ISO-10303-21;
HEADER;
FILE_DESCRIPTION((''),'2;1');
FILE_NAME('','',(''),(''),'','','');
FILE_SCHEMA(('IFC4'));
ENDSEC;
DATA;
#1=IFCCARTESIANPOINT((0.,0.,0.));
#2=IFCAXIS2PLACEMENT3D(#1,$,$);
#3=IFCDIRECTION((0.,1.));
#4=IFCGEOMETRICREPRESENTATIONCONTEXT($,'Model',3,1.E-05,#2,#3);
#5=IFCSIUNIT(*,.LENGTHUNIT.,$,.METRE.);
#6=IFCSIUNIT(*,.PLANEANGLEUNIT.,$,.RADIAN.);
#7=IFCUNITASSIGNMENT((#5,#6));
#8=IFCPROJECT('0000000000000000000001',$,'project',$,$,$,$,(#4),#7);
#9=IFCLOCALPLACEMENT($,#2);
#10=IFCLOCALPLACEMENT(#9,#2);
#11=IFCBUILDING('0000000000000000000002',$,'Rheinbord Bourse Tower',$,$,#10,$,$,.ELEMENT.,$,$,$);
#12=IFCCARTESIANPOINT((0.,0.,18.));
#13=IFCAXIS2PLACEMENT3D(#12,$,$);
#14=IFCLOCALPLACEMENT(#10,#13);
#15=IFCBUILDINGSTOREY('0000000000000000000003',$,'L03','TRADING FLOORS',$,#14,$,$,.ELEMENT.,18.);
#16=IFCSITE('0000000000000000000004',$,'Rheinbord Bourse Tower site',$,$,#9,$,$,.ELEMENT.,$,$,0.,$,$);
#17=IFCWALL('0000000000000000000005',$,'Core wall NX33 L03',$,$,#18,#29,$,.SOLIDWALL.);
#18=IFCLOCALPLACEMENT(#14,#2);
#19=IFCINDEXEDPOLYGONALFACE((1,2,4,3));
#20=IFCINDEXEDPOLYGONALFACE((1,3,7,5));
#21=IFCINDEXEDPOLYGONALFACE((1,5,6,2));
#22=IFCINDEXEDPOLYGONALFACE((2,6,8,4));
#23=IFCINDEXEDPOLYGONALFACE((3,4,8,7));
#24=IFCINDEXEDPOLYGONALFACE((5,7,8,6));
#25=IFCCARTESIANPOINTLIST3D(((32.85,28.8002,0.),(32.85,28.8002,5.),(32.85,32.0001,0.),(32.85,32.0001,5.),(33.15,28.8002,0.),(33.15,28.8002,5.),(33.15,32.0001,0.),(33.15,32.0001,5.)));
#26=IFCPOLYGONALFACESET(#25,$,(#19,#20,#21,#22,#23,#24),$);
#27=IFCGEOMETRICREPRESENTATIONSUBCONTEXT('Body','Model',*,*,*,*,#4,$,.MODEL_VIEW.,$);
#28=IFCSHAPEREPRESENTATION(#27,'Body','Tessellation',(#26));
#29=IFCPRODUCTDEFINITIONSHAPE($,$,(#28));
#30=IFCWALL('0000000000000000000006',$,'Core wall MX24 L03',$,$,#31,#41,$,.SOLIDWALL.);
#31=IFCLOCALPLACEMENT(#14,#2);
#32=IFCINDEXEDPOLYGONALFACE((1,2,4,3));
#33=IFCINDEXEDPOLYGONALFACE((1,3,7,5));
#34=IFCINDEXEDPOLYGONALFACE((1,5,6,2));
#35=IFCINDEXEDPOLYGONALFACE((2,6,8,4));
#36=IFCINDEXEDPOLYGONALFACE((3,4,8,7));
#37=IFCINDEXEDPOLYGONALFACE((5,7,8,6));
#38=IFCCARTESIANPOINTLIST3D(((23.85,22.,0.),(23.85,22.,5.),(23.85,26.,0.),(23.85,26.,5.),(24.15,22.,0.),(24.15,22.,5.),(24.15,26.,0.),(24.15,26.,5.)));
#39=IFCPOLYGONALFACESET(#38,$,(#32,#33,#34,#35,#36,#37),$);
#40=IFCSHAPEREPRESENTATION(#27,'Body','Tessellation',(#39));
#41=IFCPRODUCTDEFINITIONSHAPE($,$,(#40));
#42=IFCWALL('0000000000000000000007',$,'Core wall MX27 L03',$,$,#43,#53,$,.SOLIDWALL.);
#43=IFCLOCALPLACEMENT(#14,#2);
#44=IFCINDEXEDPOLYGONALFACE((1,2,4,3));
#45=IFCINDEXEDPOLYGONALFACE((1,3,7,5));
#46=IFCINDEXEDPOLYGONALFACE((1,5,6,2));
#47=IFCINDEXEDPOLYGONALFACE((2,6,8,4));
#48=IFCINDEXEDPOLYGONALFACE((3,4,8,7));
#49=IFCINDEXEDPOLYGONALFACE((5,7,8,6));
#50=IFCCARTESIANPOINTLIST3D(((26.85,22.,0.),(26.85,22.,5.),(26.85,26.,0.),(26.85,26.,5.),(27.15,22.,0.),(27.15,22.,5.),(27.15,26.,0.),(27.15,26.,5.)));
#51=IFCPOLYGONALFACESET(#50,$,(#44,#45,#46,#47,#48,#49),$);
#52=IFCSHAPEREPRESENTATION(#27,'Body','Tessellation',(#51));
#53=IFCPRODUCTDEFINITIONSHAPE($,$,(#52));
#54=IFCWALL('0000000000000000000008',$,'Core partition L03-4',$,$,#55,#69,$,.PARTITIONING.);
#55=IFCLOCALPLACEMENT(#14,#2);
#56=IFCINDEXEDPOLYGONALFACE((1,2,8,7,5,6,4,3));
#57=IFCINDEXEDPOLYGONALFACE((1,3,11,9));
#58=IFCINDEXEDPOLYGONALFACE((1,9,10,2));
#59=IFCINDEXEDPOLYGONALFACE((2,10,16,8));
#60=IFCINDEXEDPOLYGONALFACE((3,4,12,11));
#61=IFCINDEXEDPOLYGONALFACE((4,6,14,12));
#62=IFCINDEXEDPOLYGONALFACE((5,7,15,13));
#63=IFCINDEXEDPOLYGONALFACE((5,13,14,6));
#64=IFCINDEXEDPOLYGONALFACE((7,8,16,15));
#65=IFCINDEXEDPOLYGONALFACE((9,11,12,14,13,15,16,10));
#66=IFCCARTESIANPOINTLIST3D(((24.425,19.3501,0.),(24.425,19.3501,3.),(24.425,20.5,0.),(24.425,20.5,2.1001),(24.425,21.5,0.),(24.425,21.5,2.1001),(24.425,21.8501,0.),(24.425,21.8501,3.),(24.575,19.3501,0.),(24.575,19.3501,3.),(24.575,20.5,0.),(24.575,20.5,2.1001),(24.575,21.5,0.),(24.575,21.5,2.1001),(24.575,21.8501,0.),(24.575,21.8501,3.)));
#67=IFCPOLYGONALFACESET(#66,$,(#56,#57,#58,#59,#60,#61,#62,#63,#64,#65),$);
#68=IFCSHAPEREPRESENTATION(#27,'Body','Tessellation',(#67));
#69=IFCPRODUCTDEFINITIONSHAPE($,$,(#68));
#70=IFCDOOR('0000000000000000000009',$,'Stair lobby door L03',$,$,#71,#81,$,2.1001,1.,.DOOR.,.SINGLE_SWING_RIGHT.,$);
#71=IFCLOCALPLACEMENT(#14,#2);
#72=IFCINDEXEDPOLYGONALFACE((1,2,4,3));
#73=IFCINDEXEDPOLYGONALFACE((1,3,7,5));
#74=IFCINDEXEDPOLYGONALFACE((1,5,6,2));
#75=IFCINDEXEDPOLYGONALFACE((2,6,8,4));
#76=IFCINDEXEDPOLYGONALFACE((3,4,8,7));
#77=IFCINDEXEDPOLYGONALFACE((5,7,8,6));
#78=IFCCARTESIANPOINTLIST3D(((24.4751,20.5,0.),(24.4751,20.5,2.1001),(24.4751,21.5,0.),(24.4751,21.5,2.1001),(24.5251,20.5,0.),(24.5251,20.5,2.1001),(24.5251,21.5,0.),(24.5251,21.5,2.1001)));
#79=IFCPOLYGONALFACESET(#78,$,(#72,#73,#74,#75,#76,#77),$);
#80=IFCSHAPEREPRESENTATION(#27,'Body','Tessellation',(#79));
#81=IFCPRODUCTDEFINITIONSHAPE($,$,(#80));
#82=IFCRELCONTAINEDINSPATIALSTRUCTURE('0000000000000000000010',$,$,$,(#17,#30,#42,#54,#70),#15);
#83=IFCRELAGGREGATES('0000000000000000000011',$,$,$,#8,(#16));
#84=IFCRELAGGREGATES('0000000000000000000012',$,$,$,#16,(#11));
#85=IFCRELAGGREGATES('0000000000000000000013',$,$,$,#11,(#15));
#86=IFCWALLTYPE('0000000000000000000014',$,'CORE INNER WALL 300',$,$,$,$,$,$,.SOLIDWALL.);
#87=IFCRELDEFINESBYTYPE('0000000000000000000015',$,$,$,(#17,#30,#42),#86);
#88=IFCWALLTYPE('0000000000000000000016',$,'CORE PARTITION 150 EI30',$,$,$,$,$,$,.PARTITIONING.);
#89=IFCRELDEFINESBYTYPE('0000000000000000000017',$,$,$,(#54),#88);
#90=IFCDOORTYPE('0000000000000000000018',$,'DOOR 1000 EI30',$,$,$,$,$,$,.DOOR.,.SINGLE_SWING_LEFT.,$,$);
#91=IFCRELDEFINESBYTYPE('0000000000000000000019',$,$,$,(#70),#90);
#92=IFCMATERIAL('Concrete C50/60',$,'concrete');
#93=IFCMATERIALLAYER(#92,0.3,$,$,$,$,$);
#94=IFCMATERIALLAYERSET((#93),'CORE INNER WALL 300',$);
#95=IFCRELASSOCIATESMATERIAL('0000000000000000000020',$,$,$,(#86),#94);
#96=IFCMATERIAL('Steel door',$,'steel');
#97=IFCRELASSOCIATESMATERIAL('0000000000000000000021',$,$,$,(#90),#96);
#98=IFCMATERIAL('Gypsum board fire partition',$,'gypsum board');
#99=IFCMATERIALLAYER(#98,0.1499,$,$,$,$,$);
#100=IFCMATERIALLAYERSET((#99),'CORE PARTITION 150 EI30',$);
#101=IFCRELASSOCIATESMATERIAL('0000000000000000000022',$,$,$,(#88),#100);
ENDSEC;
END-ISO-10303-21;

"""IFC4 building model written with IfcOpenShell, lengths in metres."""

from ifc_helpers import new_model, si_unit, direction, frame, frame_2d, origin, place, context, subcontext, project, spatial, rectangle, extrude, material, layer, layer_set, type_object, element, fill, save


model = new_model("IFC4")

# Units and contexts
model_context = context("Model", 3, precision=1e-05, world=origin(), true_north=direction((0.0, 1.0)))
body_context = subcontext(model_context, "Body", "Model", "MODEL_VIEW")
ifc_project = project(units=[si_unit("LENGTHUNIT", "METRE"), si_unit("PLANEANGLEUNIT", "RADIAN")], contexts=[model_context])

# Site, building, storey
site_placement = place(None, origin())
site = spatial("IfcSite", under=ifc_project, at=site_placement, Name="Rheinbord Bourse Tower site", CompositionType="ELEMENT", RefElevation=0.0)
building_placement = place(site_placement, origin())
building = spatial("IfcBuilding", under=site, at=building_placement, Name="Rheinbord Bourse Tower", CompositionType="ELEMENT")
storey_placement = place(building_placement, frame((0.0, 0.0, 18.0)))
storey = spatial("IfcBuildingStorey", under=building, at=storey_placement, Name="L03", Description="TRADING FLOORS", CompositionType="ELEMENT", Elevation=18.0)

# Shared definitions
ifc_material_1 = material(Name="Concrete C50/60", Category="concrete")
ifc_layer_1 = layer(ifc_material_1, 0.3)
ifc_layer_set_1 = layer_set([ifc_layer_1], Name="CORE INNER WALL 300")
wall_type_1 = type_object("IfcWallType", Name="CORE INNER WALL 300", PredefinedType="SOLIDWALL", material=ifc_layer_set_1)
ifc_material_2 = material(Name="Steel door", Category="steel")
door_type_1 = type_object("IfcDoorType", Name="DOOR 1000 EI30", OperationType="SINGLE_SWING_LEFT", PredefinedType="DOOR", material=ifc_material_2)

# Walls
for number, where, z_axis, x_axis, name in (
    (1, (33.0, 28.8, 0.0), (0.0, 0.0, 1.0), (0.0, 1.0, 0.0), "Core wall NX33 L03"),
):
    element("IfcWall", number, at=place(storey_placement, frame(where, z_axis=z_axis, x_axis=x_axis)), inside=storey, type_object=wall_type_1, Name=name, PredefinedType="SOLIDWALL", context=body_context, shape_type="SweptSolid", body=[
        extrude(rectangle(XDim=3.2, YDim=0.3, at=frame_2d((1.6001, 0.0))), origin(), (0.0, 0.0, 1.0), 5.0),
    ])
for number, where, z_axis, x_axis, name in (
    (2, (24.0, 22.0, 0.0), (0.0, 0.0, 1.0), (0.0, 1.0, 0.0), "Core wall MX24 L03"),
    (3, (27.0, 22.0, 0.0), (0.0, 0.0, 1.0), (0.0, 1.0, 0.0), "Core wall MX27 L03"),
):
    element("IfcWall", number, at=place(storey_placement, frame(where, z_axis=z_axis, x_axis=x_axis)), inside=storey, type_object=wall_type_1, Name=name, PredefinedType="SOLIDWALL", context=body_context, shape_type="SweptSolid", body=[
        extrude(rectangle(XDim=4.0, YDim=0.3, at=frame_2d((2.0, 0.0))), origin(), (0.0, 0.0, 1.0), 5.0),
    ])

# Wall, opening, door
ifc_material_3 = material(Name="Gypsum board fire partition", Category="gypsum board")
ifc_layer_2 = layer(ifc_material_3, 0.1499)
ifc_layer_set_2 = layer_set([ifc_layer_2], Name="CORE PARTITION 150 EI30")
wall_type_2 = type_object("IfcWallType", Name="CORE PARTITION 150 EI30", PredefinedType="PARTITIONING", material=ifc_layer_set_2)
wall_1_placement = place(storey_placement, frame((24.5, 19.3501, 0.0), z_axis=(0.0, 0.0, 1.0), x_axis=(0.0, 1.0, 0.0)))
wall_1 = element("IfcWall", 4, at=wall_1_placement, inside=storey, type_object=wall_type_2, Name="Core partition L03-4", PredefinedType="PARTITIONING", context=body_context, shape_type="SweptSolid", body=[
    extrude(rectangle(XDim=2.5, YDim=0.1499, at=frame_2d((1.25, 0.0))), origin(), (0.0, 0.0, 1.0), 3.0),
])
opening_1_placement = place(wall_1_placement, frame((1.1499, 0.0, 0.0)))
opening_1 = element("IfcOpeningElement", 5, at=opening_1_placement, cuts=wall_1, PredefinedType="OPENING", context=body_context, shape_type="SweptSolid", body=[
    extrude(rectangle(XDim=1.0, YDim=2.1001, at=frame_2d((0.5, 1.05))), frame((0.0, 0.085, 0.0), z_axis=(0.0, -1.0, 0.0), x_axis=(1.0, 0.0, 0.0)), (0.0, 0.0, 1.0), 0.1699),
])
door_1_placement = place(opening_1_placement, origin())
door_1 = element("IfcDoor", 6, at=door_1_placement, inside=storey, type_object=door_type_1, Name="Stair lobby door L03", OperationType="SINGLE_SWING_RIGHT", OverallHeight=2.1001, OverallWidth=1.0, PredefinedType="DOOR", context=body_context, shape_type="SweptSolid", body=[
    extrude(rectangle(XDim=1.0, YDim=2.1001, at=frame_2d((0.5, 1.05))), frame((0.0, 0.0249, 0.0), z_axis=(0.0, -1.0, 0.0), x_axis=(1.0, 0.0, 0.0)), (0.0, 0.0, 1.0), 0.05),
])
fill(opening_1, door_1)

save(model, "model.ifc")
